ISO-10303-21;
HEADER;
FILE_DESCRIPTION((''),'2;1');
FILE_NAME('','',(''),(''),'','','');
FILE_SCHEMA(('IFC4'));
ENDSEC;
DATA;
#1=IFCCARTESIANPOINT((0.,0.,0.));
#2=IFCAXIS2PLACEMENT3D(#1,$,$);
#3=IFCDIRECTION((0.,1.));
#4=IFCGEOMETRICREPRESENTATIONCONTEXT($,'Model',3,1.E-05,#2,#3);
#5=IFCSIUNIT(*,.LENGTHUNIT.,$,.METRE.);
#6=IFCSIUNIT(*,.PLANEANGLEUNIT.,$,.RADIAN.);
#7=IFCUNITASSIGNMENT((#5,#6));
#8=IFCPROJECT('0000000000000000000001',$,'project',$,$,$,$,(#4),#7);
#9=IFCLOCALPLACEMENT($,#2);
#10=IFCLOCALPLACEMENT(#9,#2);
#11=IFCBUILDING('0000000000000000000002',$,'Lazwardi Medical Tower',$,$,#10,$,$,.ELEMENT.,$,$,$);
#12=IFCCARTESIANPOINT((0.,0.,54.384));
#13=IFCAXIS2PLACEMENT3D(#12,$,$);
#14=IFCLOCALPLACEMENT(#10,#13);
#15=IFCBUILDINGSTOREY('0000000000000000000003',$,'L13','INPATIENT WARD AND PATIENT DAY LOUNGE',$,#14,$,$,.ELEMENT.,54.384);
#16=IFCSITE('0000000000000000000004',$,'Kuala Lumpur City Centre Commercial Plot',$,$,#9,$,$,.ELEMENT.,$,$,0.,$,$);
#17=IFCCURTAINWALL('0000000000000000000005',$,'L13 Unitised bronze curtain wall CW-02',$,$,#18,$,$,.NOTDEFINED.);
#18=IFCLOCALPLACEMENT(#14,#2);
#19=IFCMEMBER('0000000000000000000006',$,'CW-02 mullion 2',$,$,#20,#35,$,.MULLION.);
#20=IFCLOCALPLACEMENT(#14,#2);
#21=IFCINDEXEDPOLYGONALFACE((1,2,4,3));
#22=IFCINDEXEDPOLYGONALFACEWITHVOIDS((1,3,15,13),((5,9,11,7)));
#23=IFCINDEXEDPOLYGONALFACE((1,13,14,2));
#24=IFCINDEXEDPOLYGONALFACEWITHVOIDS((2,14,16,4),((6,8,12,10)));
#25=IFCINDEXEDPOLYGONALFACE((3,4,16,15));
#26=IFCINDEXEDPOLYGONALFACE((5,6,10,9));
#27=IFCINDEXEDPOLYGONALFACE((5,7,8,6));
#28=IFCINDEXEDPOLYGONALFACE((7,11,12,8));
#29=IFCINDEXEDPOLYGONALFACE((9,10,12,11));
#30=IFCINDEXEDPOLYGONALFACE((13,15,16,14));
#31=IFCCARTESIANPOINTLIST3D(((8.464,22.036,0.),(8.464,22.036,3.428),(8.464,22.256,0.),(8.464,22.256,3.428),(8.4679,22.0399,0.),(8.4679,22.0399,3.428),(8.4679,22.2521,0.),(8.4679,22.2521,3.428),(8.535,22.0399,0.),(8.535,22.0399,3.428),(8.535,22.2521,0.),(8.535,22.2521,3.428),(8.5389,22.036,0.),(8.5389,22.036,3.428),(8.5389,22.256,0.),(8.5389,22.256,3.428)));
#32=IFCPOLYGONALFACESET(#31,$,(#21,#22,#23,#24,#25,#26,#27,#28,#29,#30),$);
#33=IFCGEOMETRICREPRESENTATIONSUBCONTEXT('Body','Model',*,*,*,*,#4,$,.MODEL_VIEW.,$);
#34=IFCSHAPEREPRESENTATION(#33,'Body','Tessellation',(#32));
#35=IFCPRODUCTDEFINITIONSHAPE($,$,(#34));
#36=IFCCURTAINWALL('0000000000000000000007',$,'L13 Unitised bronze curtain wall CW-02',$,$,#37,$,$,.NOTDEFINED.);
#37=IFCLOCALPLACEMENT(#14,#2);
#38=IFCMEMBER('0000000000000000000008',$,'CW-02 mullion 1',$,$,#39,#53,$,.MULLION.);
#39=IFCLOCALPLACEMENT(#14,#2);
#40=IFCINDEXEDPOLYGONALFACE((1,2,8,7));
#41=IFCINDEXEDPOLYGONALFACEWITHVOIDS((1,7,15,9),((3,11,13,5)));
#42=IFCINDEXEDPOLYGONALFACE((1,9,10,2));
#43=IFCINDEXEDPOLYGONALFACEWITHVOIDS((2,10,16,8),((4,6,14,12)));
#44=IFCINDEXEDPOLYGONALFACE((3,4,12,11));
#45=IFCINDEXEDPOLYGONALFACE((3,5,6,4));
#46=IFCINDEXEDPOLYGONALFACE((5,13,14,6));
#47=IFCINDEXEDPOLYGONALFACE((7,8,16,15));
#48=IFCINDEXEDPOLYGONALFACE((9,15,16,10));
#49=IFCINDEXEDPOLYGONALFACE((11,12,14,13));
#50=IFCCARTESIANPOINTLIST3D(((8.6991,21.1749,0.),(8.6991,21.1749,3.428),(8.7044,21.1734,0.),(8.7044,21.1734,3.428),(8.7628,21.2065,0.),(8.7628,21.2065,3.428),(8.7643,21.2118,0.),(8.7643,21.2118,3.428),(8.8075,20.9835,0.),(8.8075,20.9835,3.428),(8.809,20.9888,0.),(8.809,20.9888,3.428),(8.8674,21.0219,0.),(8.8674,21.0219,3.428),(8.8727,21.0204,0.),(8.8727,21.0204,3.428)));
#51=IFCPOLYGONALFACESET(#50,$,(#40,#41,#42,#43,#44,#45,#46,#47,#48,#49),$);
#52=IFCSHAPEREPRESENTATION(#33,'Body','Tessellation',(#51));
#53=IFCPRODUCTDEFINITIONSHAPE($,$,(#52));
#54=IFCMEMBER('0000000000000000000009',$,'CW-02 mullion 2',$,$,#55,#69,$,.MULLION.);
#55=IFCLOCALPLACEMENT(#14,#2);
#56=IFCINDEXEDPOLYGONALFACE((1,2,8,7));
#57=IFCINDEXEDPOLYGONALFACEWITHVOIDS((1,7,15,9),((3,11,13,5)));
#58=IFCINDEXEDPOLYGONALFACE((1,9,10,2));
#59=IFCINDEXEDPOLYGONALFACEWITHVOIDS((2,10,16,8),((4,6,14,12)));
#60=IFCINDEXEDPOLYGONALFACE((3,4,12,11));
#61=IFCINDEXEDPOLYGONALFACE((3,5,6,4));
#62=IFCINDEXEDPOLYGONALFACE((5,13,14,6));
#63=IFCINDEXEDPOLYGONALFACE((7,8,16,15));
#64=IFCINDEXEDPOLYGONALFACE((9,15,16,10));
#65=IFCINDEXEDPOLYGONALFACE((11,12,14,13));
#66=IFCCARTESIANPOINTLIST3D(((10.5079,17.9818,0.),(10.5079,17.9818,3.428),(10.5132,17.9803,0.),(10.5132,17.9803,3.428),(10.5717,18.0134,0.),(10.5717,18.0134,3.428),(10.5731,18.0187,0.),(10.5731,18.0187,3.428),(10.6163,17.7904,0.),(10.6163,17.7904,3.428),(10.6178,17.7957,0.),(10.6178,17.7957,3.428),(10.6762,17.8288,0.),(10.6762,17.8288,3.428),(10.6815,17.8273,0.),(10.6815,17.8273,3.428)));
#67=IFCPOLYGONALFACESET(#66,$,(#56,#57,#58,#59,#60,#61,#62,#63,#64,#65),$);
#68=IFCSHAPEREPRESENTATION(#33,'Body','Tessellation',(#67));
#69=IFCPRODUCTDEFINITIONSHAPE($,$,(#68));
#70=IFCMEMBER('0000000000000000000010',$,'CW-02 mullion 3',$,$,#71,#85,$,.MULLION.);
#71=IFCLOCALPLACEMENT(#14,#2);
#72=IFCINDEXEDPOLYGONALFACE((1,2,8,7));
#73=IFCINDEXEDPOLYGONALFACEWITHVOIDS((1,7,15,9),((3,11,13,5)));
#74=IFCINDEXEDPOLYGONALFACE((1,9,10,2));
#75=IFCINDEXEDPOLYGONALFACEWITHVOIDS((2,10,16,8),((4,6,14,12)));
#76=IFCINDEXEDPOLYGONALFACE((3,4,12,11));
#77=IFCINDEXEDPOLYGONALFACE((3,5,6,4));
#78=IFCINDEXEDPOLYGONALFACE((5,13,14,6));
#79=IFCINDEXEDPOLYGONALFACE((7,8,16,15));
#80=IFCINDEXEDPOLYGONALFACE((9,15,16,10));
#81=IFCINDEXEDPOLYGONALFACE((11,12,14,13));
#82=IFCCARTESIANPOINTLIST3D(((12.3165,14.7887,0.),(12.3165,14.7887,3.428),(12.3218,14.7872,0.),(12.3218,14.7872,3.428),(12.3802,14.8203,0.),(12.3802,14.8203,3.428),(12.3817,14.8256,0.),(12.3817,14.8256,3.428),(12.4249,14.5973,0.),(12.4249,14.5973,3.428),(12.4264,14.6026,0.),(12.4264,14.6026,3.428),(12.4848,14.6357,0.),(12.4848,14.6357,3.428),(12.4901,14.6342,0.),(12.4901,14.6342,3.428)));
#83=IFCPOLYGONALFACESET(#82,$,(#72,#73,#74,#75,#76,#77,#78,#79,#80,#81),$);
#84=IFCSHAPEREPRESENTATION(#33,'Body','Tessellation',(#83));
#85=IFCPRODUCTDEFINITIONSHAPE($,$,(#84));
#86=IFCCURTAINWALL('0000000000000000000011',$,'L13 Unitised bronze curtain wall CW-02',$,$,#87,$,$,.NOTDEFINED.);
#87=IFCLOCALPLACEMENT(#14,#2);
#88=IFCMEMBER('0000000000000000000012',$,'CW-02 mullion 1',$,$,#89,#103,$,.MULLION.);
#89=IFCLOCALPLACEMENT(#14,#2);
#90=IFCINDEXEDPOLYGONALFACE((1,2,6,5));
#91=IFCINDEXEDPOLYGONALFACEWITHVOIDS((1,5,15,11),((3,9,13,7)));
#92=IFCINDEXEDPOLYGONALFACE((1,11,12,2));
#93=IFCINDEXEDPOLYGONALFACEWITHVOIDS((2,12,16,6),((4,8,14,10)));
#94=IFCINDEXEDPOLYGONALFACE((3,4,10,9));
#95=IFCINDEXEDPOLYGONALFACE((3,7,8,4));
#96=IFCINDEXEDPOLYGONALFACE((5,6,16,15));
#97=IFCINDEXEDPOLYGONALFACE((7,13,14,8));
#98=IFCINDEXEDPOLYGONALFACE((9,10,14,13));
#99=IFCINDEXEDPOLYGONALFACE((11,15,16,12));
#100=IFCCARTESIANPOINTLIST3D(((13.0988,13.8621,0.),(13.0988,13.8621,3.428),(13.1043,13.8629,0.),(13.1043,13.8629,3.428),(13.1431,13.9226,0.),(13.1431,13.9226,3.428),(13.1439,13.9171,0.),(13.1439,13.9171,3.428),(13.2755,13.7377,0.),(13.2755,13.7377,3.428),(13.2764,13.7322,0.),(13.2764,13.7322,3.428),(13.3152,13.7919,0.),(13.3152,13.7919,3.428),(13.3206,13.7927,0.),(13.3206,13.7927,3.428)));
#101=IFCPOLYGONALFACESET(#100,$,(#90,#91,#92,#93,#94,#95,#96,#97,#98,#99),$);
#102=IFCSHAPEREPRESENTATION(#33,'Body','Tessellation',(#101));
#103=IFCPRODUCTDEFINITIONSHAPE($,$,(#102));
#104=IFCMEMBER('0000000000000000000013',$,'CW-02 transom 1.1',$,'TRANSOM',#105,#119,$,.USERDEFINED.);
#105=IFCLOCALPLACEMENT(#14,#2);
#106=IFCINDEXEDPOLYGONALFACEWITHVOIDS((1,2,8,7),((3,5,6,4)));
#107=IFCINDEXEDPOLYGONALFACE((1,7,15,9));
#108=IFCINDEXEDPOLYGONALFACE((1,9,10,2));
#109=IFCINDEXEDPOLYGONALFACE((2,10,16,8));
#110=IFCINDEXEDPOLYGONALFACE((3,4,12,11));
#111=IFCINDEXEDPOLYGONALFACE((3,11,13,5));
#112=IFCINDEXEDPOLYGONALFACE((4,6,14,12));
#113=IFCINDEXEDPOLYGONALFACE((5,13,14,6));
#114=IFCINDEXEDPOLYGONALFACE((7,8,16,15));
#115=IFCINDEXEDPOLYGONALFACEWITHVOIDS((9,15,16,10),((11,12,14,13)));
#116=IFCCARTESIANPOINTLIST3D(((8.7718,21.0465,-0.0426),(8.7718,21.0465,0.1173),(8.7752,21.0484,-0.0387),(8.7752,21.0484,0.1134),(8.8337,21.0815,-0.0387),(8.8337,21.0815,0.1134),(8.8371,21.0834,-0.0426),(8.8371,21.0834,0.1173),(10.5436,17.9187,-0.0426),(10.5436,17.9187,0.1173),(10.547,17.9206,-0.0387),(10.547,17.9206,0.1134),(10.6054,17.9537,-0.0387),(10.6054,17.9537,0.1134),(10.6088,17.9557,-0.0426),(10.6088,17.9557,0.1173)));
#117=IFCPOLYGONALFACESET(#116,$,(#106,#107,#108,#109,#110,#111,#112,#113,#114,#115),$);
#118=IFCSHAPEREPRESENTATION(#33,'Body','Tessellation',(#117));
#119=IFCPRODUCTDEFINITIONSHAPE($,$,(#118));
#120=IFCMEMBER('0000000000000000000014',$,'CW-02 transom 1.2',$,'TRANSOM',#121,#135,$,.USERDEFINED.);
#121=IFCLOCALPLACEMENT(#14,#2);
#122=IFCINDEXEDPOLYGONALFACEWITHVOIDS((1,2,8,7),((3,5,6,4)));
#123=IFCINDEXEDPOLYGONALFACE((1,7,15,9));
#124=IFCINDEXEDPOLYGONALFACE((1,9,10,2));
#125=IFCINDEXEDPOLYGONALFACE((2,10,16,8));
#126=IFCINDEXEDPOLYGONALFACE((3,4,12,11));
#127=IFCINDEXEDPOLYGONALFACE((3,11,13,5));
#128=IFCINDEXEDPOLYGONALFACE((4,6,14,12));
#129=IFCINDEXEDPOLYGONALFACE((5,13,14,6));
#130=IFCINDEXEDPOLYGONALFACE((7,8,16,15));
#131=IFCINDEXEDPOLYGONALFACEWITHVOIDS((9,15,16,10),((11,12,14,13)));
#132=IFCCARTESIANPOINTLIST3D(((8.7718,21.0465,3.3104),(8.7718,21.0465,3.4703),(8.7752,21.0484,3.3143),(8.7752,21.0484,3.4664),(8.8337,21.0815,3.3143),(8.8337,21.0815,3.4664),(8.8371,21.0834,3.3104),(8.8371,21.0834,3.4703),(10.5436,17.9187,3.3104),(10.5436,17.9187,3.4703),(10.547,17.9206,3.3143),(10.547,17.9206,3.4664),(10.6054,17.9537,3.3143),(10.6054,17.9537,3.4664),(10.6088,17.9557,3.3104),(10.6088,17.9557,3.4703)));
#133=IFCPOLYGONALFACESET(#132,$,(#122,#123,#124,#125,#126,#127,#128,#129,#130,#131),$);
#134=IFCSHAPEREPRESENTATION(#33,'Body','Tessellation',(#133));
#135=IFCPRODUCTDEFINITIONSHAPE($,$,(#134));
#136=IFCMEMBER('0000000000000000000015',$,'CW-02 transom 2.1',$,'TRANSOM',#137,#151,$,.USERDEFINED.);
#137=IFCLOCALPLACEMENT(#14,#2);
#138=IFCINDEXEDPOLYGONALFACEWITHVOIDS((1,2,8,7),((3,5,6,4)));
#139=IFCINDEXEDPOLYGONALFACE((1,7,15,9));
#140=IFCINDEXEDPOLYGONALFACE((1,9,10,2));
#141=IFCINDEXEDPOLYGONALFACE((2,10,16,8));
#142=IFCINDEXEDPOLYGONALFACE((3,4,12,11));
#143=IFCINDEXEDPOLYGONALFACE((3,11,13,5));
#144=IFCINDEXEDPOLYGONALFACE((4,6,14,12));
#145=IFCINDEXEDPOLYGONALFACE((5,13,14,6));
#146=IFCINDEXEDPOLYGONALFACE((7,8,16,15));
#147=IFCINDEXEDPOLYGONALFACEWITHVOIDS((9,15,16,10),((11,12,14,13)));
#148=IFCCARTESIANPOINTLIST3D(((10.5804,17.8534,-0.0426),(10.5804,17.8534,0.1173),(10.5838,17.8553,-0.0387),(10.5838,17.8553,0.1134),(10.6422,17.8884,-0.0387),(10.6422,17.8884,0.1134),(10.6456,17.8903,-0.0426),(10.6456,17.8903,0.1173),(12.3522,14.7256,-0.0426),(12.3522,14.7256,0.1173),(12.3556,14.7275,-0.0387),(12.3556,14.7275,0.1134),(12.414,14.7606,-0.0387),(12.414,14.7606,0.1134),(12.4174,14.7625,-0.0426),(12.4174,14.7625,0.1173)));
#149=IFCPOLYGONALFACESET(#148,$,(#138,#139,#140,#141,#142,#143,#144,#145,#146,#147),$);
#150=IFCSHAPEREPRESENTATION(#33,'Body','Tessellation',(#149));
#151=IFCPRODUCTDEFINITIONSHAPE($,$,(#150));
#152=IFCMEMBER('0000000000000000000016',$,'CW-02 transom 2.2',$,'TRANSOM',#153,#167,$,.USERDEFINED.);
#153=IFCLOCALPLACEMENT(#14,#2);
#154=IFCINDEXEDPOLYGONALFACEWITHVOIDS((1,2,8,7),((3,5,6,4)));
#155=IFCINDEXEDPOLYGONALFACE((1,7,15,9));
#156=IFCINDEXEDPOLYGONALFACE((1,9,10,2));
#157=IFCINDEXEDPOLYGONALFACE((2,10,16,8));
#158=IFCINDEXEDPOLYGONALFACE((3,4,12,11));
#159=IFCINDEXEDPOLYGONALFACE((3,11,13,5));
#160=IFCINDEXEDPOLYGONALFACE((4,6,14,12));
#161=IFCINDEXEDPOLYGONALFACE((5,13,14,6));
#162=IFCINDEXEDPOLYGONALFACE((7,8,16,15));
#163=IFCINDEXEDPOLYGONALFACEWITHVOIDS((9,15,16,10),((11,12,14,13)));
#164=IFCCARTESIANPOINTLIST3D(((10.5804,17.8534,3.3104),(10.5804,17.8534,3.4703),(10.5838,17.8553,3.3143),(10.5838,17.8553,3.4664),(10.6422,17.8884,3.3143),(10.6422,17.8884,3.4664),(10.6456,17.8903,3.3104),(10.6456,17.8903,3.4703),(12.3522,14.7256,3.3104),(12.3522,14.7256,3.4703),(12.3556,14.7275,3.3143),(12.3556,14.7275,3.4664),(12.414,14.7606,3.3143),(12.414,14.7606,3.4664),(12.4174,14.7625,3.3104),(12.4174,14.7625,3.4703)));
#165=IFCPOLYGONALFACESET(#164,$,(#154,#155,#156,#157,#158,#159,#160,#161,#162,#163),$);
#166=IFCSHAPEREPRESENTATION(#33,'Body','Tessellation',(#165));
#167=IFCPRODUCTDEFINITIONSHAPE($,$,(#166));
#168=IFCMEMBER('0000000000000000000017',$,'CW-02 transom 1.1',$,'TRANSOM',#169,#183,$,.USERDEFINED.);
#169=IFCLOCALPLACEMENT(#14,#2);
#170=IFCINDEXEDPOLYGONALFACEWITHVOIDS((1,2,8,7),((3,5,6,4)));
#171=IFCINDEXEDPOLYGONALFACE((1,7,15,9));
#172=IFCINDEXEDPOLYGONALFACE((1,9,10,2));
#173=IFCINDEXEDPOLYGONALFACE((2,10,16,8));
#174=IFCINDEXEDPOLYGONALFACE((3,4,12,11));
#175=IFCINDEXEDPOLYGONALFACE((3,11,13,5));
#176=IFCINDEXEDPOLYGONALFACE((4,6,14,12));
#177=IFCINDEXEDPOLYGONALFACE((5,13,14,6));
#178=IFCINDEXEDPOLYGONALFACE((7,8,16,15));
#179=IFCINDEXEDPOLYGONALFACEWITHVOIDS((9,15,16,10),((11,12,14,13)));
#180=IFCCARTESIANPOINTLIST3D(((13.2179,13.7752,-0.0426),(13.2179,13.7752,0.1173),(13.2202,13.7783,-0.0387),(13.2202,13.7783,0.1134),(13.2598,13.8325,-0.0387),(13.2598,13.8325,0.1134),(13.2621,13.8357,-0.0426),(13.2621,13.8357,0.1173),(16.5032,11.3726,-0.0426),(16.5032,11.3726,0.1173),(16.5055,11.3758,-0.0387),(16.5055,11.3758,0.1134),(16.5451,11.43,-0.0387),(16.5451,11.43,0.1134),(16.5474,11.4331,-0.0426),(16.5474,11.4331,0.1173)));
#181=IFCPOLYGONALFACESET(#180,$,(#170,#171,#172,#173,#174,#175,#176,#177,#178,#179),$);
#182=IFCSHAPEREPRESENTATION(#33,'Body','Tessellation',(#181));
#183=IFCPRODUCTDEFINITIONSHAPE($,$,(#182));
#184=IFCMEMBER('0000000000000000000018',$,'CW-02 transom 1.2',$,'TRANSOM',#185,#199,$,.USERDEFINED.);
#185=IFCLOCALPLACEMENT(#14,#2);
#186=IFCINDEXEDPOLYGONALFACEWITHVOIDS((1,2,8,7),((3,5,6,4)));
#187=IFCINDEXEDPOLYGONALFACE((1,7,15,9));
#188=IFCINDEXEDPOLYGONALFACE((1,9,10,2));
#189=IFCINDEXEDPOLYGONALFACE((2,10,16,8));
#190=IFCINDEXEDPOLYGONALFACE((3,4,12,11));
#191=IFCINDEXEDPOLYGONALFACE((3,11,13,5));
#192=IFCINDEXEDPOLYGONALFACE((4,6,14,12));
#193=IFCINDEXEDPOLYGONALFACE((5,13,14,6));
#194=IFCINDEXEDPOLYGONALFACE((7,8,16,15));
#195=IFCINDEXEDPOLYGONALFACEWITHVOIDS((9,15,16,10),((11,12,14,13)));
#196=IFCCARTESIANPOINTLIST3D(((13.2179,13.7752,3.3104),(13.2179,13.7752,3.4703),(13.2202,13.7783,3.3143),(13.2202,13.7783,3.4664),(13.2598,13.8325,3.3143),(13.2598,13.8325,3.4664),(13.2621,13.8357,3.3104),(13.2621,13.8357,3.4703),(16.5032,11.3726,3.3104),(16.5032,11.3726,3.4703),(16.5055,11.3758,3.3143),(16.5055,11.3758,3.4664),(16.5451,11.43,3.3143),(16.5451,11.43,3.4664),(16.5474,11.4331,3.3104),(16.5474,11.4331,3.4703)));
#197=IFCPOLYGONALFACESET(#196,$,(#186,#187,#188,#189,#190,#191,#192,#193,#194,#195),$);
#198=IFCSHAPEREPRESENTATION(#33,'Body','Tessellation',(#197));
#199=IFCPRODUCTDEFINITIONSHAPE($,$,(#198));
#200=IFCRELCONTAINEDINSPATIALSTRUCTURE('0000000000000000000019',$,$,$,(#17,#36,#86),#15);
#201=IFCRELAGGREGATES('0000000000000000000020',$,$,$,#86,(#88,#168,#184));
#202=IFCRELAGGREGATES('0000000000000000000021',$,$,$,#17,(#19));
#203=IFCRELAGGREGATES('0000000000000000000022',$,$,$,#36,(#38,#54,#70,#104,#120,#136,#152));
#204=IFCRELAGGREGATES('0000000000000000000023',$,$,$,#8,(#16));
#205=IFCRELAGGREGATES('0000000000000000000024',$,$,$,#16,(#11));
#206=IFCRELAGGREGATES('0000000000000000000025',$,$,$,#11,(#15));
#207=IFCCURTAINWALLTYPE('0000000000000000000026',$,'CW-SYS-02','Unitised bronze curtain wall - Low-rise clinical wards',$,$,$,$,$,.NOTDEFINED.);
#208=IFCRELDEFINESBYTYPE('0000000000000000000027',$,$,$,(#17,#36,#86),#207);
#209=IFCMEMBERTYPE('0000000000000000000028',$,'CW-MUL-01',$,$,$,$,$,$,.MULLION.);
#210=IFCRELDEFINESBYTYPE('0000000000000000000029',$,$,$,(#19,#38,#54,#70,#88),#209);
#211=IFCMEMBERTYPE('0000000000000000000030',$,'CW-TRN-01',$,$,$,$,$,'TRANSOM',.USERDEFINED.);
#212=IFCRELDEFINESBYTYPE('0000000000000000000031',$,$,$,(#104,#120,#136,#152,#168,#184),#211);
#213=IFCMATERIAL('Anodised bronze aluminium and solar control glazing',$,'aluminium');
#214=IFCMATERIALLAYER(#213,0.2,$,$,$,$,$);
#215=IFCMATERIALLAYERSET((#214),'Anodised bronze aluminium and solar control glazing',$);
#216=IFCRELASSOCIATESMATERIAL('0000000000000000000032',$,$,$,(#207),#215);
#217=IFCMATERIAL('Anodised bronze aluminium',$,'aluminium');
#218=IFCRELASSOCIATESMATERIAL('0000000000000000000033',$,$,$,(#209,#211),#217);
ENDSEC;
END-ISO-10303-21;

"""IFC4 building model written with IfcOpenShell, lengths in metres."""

from ifc_helpers import new_model, si_unit, direction, frame, origin, origin_2d, place, context, subcontext, project, spatial, hollow_rectangle, extrude, material, layer, layer_set, material_profile, profile_set, type_object, element, aggregate, save


model = new_model("IFC4")

# Units and contexts
model_context = context("Model", 3, precision=1e-05, world=origin(), true_north=direction((0.0, 1.0)))
body_context = subcontext(model_context, "Body", "Model", "MODEL_VIEW")
ifc_project = project(units=[si_unit("LENGTHUNIT", "METRE"), si_unit("PLANEANGLEUNIT", "RADIAN")], contexts=[model_context])

# Site, building, storey
site_placement = place(None, origin())
site = spatial("IfcSite", under=ifc_project, at=site_placement, Name="Kuala Lumpur City Centre Commercial Plot", CompositionType="ELEMENT", RefElevation=0.0)
building_placement = place(site_placement, origin())
building = spatial("IfcBuilding", under=site, at=building_placement, Name="Lazwardi Medical Tower", CompositionType="ELEMENT")
storey_placement = place(building_placement, frame((0.0, 0.0, 54.384)))
storey = spatial("IfcBuildingStorey", under=building, at=storey_placement, Name="L13", Description="INPATIENT WARD AND PATIENT DAY LOUNGE", CompositionType="ELEMENT", Elevation=54.384)

# Curtain wall, member
ifc_material_1 = material(Name="Anodised bronze aluminium and solar control glazing", Category="aluminium")
ifc_layer_1 = layer(ifc_material_1, 0.2)
ifc_layer_set_1 = layer_set([ifc_layer_1], Name="Anodised bronze aluminium and solar control glazing")
curtain_wall_type = type_object("IfcCurtainWallType", Name="CW-SYS-02", Description="Unitised bronze curtain wall - Low-rise clinical wards", PredefinedType="NOTDEFINED", material=ifc_layer_set_1)
curtain_wall_1_placement = place(storey_placement, origin())
curtain_wall_1 = element("IfcCurtainWall", 1, at=curtain_wall_1_placement, inside=storey, type_object=curtain_wall_type, Name="L13 Unitised bronze curtain wall CW-02", PredefinedType="NOTDEFINED")
ifc_material_2 = material(Name="Anodised bronze aluminium", Category="aluminium")
ifc_material_profile_1 = material_profile(ifc_material_2, hollow_rectangle(XDim=0.075, YDim=0.22, WallThickness=0.0039, at=origin_2d()), Name="ALU-MULLION 220x75x4")
ifc_profile_set_1 = profile_set([ifc_material_profile_1], Name="Anodised bronze aluminium")
member_type_1 = type_object("IfcMemberType", Name="CW-MUL-01", PredefinedType="MULLION", material=ifc_profile_set_1)
member_1_placement = place(storey_placement, frame((8.5015, 22.146, 0.0), z_axis=(0.0, 0.0, 1.0), x_axis=(1.0, 0.0, 0.0)))
member_1 = element("IfcMember", 2, at=member_1_placement, type_object=member_type_1, Name="CW-02 mullion 2", PredefinedType="MULLION", context=body_context, shape_type="SweptSolid", body=[
    extrude(hollow_rectangle(XDim=0.075, YDim=0.22, WallThickness=0.0039, at=origin_2d()), origin(), (0.0, 0.0, 1.0), 3.428),
])

# Curtain wall, members
curtain_wall_2_placement = place(storey_placement, origin())
curtain_wall_2 = element("IfcCurtainWall", 3, at=curtain_wall_2_placement, inside=storey, type_object=curtain_wall_type, Name="L13 Unitised bronze curtain wall CW-02", PredefinedType="NOTDEFINED")
member_2_placement = place(storey_placement, frame((8.7859, 21.0977, 0.0), z_axis=(0.0, 0.0, 1.0), x_axis=(0.870112, 0.492854, 0.0)))
member_2 = element("IfcMember", 4, at=member_2_placement, type_object=member_type_1, Name="CW-02 mullion 1", PredefinedType="MULLION", context=body_context, shape_type="SweptSolid", body=[
    extrude(hollow_rectangle(XDim=0.075, YDim=0.22, WallThickness=0.0039, at=origin_2d()), origin(), (0.0, 0.0, 1.0), 3.428),
])
member_3_placement = place(storey_placement, frame((10.5947, 17.9045, 0.0), z_axis=(0.0, 0.0, 1.0), x_axis=(0.870112, 0.492854, 0.0)))
member_3 = element("IfcMember", 5, at=member_3_placement, type_object=member_type_1, Name="CW-02 mullion 2", PredefinedType="MULLION", context=body_context, shape_type="SweptSolid", body=[
    extrude(hollow_rectangle(XDim=0.075, YDim=0.22, WallThickness=0.0039, at=origin_2d()), origin(), (0.0, 0.0, 1.0), 3.428),
])
member_4_placement = place(storey_placement, frame((12.4033, 14.7114, 0.0), z_axis=(0.0, 0.0, 1.0), x_axis=(0.870112, 0.492854, 0.0)))
member_4 = element("IfcMember", 6, at=member_4_placement, type_object=member_type_1, Name="CW-02 mullion 3", PredefinedType="MULLION", context=body_context, shape_type="SweptSolid", body=[
    extrude(hollow_rectangle(XDim=0.075, YDim=0.22, WallThickness=0.0039, at=origin_2d()), origin(), (0.0, 0.0, 1.0), 3.428),
])

# Curtain wall, member
curtain_wall_3_placement = place(storey_placement, origin())
curtain_wall_3 = element("IfcCurtainWall", 7, at=curtain_wall_3_placement, inside=storey, type_object=curtain_wall_type, Name="L13 Unitised bronze curtain wall CW-02", PredefinedType="NOTDEFINED")
member_5_placement = place(storey_placement, frame((13.2097, 13.8274, 0.0), z_axis=(0.0, 0.0, 1.0), x_axis=(0.590289, 0.807192, 0.0)))
member_5 = element("IfcMember", 8, at=member_5_placement, type_object=member_type_1, Name="CW-02 mullion 1", PredefinedType="MULLION", context=body_context, shape_type="SweptSolid", body=[
    extrude(hollow_rectangle(XDim=0.075, YDim=0.22, WallThickness=0.0039, at=origin_2d()), origin(), (0.0, 0.0, 1.0), 3.428),
])

# Members
ifc_material_profile_2 = material_profile(ifc_material_2, hollow_rectangle(XDim=0.075, YDim=0.1599, WallThickness=0.0039, at=origin_2d()), Name="ALU-TRANSOM 160x75x4")
ifc_profile_set_2 = profile_set([ifc_material_profile_2], Name="Anodised bronze aluminium")
member_type_2 = type_object("IfcMemberType", Name="CW-TRN-01", ElementType="TRANSOM", PredefinedType="USERDEFINED", material=ifc_profile_set_2)
member_6_placement = place(storey_placement, frame((8.8044, 21.0649, 0.0374), z_axis=(0.492881, -0.870097, 0.0), x_axis=(0.870097, 0.492881, 0.0)))
member_6 = element("IfcMember", 9, at=member_6_placement, type_object=member_type_2, Name="CW-02 transom 1.1", ObjectType="TRANSOM", PredefinedType="USERDEFINED", context=body_context, shape_type="SweptSolid", body=[
    extrude(hollow_rectangle(XDim=0.075, YDim=0.1599, WallThickness=0.0039, at=origin_2d()), origin(), (0.0, 0.0, 1.0), 3.5947),
])
member_7_placement = place(storey_placement, frame((8.8044, 21.0649, 3.3904), z_axis=(0.492881, -0.870097, 0.0), x_axis=(0.870097, 0.492881, 0.0)))
member_7 = element("IfcMember", 10, at=member_7_placement, type_object=member_type_2, Name="CW-02 transom 1.2", ObjectType="TRANSOM", PredefinedType="USERDEFINED", context=body_context, shape_type="SweptSolid", body=[
    extrude(hollow_rectangle(XDim=0.075, YDim=0.1599, WallThickness=0.0039, at=origin_2d()), origin(), (0.0, 0.0, 1.0), 3.5947),
])
member_8_placement = place(storey_placement, frame((10.613, 17.8718, 0.0374), z_axis=(0.492881, -0.870097, 0.0), x_axis=(0.870097, 0.492881, 0.0)))
member_8 = element("IfcMember", 11, at=member_8_placement, type_object=member_type_2, Name="CW-02 transom 2.1", ObjectType="TRANSOM", PredefinedType="USERDEFINED", context=body_context, shape_type="SweptSolid", body=[
    extrude(hollow_rectangle(XDim=0.075, YDim=0.1599, WallThickness=0.0039, at=origin_2d()), origin(), (0.0, 0.0, 1.0), 3.5947),
])
member_9_placement = place(storey_placement, frame((10.613, 17.8718, 3.3904), z_axis=(0.492881, -0.870097, 0.0), x_axis=(0.870097, 0.492881, 0.0)))
member_9 = element("IfcMember", 12, at=member_9_placement, type_object=member_type_2, Name="CW-02 transom 2.2", ObjectType="TRANSOM", PredefinedType="USERDEFINED", context=body_context, shape_type="SweptSolid", body=[
    extrude(hollow_rectangle(XDim=0.075, YDim=0.1599, WallThickness=0.0039, at=origin_2d()), origin(), (0.0, 0.0, 1.0), 3.5947),
])
member_10_placement = place(storey_placement, frame((13.24, 13.8054, 0.0374), z_axis=(0.80719, -0.590292, 0.0), x_axis=(0.590292, 0.80719, 0.0)))
member_10 = element("IfcMember", 13, at=member_10_placement, type_object=member_type_2, Name="CW-02 transom 1.1", ObjectType="TRANSOM", PredefinedType="USERDEFINED", context=body_context, shape_type="SweptSolid", body=[
    extrude(hollow_rectangle(XDim=0.075, YDim=0.1599, WallThickness=0.0039, at=origin_2d()), origin(), (0.0, 0.0, 1.0), 4.0701),
])
member_11_placement = place(storey_placement, frame((13.24, 13.8054, 3.3904), z_axis=(0.80719, -0.590292, 0.0), x_axis=(0.590292, 0.80719, 0.0)))
member_11 = element("IfcMember", 14, at=member_11_placement, type_object=member_type_2, Name="CW-02 transom 1.2", ObjectType="TRANSOM", PredefinedType="USERDEFINED", context=body_context, shape_type="SweptSolid", body=[
    extrude(hollow_rectangle(XDim=0.075, YDim=0.1599, WallThickness=0.0039, at=origin_2d()), origin(), (0.0, 0.0, 1.0), 4.0701),
])
aggregate(curtain_wall_3, [member_5, member_10, member_11])

aggregate(curtain_wall_1, [member_1])
aggregate(curtain_wall_2, [member_2, member_3, member_4, member_6, member_7, member_8, member_9])

save(model, "model.ifc")
